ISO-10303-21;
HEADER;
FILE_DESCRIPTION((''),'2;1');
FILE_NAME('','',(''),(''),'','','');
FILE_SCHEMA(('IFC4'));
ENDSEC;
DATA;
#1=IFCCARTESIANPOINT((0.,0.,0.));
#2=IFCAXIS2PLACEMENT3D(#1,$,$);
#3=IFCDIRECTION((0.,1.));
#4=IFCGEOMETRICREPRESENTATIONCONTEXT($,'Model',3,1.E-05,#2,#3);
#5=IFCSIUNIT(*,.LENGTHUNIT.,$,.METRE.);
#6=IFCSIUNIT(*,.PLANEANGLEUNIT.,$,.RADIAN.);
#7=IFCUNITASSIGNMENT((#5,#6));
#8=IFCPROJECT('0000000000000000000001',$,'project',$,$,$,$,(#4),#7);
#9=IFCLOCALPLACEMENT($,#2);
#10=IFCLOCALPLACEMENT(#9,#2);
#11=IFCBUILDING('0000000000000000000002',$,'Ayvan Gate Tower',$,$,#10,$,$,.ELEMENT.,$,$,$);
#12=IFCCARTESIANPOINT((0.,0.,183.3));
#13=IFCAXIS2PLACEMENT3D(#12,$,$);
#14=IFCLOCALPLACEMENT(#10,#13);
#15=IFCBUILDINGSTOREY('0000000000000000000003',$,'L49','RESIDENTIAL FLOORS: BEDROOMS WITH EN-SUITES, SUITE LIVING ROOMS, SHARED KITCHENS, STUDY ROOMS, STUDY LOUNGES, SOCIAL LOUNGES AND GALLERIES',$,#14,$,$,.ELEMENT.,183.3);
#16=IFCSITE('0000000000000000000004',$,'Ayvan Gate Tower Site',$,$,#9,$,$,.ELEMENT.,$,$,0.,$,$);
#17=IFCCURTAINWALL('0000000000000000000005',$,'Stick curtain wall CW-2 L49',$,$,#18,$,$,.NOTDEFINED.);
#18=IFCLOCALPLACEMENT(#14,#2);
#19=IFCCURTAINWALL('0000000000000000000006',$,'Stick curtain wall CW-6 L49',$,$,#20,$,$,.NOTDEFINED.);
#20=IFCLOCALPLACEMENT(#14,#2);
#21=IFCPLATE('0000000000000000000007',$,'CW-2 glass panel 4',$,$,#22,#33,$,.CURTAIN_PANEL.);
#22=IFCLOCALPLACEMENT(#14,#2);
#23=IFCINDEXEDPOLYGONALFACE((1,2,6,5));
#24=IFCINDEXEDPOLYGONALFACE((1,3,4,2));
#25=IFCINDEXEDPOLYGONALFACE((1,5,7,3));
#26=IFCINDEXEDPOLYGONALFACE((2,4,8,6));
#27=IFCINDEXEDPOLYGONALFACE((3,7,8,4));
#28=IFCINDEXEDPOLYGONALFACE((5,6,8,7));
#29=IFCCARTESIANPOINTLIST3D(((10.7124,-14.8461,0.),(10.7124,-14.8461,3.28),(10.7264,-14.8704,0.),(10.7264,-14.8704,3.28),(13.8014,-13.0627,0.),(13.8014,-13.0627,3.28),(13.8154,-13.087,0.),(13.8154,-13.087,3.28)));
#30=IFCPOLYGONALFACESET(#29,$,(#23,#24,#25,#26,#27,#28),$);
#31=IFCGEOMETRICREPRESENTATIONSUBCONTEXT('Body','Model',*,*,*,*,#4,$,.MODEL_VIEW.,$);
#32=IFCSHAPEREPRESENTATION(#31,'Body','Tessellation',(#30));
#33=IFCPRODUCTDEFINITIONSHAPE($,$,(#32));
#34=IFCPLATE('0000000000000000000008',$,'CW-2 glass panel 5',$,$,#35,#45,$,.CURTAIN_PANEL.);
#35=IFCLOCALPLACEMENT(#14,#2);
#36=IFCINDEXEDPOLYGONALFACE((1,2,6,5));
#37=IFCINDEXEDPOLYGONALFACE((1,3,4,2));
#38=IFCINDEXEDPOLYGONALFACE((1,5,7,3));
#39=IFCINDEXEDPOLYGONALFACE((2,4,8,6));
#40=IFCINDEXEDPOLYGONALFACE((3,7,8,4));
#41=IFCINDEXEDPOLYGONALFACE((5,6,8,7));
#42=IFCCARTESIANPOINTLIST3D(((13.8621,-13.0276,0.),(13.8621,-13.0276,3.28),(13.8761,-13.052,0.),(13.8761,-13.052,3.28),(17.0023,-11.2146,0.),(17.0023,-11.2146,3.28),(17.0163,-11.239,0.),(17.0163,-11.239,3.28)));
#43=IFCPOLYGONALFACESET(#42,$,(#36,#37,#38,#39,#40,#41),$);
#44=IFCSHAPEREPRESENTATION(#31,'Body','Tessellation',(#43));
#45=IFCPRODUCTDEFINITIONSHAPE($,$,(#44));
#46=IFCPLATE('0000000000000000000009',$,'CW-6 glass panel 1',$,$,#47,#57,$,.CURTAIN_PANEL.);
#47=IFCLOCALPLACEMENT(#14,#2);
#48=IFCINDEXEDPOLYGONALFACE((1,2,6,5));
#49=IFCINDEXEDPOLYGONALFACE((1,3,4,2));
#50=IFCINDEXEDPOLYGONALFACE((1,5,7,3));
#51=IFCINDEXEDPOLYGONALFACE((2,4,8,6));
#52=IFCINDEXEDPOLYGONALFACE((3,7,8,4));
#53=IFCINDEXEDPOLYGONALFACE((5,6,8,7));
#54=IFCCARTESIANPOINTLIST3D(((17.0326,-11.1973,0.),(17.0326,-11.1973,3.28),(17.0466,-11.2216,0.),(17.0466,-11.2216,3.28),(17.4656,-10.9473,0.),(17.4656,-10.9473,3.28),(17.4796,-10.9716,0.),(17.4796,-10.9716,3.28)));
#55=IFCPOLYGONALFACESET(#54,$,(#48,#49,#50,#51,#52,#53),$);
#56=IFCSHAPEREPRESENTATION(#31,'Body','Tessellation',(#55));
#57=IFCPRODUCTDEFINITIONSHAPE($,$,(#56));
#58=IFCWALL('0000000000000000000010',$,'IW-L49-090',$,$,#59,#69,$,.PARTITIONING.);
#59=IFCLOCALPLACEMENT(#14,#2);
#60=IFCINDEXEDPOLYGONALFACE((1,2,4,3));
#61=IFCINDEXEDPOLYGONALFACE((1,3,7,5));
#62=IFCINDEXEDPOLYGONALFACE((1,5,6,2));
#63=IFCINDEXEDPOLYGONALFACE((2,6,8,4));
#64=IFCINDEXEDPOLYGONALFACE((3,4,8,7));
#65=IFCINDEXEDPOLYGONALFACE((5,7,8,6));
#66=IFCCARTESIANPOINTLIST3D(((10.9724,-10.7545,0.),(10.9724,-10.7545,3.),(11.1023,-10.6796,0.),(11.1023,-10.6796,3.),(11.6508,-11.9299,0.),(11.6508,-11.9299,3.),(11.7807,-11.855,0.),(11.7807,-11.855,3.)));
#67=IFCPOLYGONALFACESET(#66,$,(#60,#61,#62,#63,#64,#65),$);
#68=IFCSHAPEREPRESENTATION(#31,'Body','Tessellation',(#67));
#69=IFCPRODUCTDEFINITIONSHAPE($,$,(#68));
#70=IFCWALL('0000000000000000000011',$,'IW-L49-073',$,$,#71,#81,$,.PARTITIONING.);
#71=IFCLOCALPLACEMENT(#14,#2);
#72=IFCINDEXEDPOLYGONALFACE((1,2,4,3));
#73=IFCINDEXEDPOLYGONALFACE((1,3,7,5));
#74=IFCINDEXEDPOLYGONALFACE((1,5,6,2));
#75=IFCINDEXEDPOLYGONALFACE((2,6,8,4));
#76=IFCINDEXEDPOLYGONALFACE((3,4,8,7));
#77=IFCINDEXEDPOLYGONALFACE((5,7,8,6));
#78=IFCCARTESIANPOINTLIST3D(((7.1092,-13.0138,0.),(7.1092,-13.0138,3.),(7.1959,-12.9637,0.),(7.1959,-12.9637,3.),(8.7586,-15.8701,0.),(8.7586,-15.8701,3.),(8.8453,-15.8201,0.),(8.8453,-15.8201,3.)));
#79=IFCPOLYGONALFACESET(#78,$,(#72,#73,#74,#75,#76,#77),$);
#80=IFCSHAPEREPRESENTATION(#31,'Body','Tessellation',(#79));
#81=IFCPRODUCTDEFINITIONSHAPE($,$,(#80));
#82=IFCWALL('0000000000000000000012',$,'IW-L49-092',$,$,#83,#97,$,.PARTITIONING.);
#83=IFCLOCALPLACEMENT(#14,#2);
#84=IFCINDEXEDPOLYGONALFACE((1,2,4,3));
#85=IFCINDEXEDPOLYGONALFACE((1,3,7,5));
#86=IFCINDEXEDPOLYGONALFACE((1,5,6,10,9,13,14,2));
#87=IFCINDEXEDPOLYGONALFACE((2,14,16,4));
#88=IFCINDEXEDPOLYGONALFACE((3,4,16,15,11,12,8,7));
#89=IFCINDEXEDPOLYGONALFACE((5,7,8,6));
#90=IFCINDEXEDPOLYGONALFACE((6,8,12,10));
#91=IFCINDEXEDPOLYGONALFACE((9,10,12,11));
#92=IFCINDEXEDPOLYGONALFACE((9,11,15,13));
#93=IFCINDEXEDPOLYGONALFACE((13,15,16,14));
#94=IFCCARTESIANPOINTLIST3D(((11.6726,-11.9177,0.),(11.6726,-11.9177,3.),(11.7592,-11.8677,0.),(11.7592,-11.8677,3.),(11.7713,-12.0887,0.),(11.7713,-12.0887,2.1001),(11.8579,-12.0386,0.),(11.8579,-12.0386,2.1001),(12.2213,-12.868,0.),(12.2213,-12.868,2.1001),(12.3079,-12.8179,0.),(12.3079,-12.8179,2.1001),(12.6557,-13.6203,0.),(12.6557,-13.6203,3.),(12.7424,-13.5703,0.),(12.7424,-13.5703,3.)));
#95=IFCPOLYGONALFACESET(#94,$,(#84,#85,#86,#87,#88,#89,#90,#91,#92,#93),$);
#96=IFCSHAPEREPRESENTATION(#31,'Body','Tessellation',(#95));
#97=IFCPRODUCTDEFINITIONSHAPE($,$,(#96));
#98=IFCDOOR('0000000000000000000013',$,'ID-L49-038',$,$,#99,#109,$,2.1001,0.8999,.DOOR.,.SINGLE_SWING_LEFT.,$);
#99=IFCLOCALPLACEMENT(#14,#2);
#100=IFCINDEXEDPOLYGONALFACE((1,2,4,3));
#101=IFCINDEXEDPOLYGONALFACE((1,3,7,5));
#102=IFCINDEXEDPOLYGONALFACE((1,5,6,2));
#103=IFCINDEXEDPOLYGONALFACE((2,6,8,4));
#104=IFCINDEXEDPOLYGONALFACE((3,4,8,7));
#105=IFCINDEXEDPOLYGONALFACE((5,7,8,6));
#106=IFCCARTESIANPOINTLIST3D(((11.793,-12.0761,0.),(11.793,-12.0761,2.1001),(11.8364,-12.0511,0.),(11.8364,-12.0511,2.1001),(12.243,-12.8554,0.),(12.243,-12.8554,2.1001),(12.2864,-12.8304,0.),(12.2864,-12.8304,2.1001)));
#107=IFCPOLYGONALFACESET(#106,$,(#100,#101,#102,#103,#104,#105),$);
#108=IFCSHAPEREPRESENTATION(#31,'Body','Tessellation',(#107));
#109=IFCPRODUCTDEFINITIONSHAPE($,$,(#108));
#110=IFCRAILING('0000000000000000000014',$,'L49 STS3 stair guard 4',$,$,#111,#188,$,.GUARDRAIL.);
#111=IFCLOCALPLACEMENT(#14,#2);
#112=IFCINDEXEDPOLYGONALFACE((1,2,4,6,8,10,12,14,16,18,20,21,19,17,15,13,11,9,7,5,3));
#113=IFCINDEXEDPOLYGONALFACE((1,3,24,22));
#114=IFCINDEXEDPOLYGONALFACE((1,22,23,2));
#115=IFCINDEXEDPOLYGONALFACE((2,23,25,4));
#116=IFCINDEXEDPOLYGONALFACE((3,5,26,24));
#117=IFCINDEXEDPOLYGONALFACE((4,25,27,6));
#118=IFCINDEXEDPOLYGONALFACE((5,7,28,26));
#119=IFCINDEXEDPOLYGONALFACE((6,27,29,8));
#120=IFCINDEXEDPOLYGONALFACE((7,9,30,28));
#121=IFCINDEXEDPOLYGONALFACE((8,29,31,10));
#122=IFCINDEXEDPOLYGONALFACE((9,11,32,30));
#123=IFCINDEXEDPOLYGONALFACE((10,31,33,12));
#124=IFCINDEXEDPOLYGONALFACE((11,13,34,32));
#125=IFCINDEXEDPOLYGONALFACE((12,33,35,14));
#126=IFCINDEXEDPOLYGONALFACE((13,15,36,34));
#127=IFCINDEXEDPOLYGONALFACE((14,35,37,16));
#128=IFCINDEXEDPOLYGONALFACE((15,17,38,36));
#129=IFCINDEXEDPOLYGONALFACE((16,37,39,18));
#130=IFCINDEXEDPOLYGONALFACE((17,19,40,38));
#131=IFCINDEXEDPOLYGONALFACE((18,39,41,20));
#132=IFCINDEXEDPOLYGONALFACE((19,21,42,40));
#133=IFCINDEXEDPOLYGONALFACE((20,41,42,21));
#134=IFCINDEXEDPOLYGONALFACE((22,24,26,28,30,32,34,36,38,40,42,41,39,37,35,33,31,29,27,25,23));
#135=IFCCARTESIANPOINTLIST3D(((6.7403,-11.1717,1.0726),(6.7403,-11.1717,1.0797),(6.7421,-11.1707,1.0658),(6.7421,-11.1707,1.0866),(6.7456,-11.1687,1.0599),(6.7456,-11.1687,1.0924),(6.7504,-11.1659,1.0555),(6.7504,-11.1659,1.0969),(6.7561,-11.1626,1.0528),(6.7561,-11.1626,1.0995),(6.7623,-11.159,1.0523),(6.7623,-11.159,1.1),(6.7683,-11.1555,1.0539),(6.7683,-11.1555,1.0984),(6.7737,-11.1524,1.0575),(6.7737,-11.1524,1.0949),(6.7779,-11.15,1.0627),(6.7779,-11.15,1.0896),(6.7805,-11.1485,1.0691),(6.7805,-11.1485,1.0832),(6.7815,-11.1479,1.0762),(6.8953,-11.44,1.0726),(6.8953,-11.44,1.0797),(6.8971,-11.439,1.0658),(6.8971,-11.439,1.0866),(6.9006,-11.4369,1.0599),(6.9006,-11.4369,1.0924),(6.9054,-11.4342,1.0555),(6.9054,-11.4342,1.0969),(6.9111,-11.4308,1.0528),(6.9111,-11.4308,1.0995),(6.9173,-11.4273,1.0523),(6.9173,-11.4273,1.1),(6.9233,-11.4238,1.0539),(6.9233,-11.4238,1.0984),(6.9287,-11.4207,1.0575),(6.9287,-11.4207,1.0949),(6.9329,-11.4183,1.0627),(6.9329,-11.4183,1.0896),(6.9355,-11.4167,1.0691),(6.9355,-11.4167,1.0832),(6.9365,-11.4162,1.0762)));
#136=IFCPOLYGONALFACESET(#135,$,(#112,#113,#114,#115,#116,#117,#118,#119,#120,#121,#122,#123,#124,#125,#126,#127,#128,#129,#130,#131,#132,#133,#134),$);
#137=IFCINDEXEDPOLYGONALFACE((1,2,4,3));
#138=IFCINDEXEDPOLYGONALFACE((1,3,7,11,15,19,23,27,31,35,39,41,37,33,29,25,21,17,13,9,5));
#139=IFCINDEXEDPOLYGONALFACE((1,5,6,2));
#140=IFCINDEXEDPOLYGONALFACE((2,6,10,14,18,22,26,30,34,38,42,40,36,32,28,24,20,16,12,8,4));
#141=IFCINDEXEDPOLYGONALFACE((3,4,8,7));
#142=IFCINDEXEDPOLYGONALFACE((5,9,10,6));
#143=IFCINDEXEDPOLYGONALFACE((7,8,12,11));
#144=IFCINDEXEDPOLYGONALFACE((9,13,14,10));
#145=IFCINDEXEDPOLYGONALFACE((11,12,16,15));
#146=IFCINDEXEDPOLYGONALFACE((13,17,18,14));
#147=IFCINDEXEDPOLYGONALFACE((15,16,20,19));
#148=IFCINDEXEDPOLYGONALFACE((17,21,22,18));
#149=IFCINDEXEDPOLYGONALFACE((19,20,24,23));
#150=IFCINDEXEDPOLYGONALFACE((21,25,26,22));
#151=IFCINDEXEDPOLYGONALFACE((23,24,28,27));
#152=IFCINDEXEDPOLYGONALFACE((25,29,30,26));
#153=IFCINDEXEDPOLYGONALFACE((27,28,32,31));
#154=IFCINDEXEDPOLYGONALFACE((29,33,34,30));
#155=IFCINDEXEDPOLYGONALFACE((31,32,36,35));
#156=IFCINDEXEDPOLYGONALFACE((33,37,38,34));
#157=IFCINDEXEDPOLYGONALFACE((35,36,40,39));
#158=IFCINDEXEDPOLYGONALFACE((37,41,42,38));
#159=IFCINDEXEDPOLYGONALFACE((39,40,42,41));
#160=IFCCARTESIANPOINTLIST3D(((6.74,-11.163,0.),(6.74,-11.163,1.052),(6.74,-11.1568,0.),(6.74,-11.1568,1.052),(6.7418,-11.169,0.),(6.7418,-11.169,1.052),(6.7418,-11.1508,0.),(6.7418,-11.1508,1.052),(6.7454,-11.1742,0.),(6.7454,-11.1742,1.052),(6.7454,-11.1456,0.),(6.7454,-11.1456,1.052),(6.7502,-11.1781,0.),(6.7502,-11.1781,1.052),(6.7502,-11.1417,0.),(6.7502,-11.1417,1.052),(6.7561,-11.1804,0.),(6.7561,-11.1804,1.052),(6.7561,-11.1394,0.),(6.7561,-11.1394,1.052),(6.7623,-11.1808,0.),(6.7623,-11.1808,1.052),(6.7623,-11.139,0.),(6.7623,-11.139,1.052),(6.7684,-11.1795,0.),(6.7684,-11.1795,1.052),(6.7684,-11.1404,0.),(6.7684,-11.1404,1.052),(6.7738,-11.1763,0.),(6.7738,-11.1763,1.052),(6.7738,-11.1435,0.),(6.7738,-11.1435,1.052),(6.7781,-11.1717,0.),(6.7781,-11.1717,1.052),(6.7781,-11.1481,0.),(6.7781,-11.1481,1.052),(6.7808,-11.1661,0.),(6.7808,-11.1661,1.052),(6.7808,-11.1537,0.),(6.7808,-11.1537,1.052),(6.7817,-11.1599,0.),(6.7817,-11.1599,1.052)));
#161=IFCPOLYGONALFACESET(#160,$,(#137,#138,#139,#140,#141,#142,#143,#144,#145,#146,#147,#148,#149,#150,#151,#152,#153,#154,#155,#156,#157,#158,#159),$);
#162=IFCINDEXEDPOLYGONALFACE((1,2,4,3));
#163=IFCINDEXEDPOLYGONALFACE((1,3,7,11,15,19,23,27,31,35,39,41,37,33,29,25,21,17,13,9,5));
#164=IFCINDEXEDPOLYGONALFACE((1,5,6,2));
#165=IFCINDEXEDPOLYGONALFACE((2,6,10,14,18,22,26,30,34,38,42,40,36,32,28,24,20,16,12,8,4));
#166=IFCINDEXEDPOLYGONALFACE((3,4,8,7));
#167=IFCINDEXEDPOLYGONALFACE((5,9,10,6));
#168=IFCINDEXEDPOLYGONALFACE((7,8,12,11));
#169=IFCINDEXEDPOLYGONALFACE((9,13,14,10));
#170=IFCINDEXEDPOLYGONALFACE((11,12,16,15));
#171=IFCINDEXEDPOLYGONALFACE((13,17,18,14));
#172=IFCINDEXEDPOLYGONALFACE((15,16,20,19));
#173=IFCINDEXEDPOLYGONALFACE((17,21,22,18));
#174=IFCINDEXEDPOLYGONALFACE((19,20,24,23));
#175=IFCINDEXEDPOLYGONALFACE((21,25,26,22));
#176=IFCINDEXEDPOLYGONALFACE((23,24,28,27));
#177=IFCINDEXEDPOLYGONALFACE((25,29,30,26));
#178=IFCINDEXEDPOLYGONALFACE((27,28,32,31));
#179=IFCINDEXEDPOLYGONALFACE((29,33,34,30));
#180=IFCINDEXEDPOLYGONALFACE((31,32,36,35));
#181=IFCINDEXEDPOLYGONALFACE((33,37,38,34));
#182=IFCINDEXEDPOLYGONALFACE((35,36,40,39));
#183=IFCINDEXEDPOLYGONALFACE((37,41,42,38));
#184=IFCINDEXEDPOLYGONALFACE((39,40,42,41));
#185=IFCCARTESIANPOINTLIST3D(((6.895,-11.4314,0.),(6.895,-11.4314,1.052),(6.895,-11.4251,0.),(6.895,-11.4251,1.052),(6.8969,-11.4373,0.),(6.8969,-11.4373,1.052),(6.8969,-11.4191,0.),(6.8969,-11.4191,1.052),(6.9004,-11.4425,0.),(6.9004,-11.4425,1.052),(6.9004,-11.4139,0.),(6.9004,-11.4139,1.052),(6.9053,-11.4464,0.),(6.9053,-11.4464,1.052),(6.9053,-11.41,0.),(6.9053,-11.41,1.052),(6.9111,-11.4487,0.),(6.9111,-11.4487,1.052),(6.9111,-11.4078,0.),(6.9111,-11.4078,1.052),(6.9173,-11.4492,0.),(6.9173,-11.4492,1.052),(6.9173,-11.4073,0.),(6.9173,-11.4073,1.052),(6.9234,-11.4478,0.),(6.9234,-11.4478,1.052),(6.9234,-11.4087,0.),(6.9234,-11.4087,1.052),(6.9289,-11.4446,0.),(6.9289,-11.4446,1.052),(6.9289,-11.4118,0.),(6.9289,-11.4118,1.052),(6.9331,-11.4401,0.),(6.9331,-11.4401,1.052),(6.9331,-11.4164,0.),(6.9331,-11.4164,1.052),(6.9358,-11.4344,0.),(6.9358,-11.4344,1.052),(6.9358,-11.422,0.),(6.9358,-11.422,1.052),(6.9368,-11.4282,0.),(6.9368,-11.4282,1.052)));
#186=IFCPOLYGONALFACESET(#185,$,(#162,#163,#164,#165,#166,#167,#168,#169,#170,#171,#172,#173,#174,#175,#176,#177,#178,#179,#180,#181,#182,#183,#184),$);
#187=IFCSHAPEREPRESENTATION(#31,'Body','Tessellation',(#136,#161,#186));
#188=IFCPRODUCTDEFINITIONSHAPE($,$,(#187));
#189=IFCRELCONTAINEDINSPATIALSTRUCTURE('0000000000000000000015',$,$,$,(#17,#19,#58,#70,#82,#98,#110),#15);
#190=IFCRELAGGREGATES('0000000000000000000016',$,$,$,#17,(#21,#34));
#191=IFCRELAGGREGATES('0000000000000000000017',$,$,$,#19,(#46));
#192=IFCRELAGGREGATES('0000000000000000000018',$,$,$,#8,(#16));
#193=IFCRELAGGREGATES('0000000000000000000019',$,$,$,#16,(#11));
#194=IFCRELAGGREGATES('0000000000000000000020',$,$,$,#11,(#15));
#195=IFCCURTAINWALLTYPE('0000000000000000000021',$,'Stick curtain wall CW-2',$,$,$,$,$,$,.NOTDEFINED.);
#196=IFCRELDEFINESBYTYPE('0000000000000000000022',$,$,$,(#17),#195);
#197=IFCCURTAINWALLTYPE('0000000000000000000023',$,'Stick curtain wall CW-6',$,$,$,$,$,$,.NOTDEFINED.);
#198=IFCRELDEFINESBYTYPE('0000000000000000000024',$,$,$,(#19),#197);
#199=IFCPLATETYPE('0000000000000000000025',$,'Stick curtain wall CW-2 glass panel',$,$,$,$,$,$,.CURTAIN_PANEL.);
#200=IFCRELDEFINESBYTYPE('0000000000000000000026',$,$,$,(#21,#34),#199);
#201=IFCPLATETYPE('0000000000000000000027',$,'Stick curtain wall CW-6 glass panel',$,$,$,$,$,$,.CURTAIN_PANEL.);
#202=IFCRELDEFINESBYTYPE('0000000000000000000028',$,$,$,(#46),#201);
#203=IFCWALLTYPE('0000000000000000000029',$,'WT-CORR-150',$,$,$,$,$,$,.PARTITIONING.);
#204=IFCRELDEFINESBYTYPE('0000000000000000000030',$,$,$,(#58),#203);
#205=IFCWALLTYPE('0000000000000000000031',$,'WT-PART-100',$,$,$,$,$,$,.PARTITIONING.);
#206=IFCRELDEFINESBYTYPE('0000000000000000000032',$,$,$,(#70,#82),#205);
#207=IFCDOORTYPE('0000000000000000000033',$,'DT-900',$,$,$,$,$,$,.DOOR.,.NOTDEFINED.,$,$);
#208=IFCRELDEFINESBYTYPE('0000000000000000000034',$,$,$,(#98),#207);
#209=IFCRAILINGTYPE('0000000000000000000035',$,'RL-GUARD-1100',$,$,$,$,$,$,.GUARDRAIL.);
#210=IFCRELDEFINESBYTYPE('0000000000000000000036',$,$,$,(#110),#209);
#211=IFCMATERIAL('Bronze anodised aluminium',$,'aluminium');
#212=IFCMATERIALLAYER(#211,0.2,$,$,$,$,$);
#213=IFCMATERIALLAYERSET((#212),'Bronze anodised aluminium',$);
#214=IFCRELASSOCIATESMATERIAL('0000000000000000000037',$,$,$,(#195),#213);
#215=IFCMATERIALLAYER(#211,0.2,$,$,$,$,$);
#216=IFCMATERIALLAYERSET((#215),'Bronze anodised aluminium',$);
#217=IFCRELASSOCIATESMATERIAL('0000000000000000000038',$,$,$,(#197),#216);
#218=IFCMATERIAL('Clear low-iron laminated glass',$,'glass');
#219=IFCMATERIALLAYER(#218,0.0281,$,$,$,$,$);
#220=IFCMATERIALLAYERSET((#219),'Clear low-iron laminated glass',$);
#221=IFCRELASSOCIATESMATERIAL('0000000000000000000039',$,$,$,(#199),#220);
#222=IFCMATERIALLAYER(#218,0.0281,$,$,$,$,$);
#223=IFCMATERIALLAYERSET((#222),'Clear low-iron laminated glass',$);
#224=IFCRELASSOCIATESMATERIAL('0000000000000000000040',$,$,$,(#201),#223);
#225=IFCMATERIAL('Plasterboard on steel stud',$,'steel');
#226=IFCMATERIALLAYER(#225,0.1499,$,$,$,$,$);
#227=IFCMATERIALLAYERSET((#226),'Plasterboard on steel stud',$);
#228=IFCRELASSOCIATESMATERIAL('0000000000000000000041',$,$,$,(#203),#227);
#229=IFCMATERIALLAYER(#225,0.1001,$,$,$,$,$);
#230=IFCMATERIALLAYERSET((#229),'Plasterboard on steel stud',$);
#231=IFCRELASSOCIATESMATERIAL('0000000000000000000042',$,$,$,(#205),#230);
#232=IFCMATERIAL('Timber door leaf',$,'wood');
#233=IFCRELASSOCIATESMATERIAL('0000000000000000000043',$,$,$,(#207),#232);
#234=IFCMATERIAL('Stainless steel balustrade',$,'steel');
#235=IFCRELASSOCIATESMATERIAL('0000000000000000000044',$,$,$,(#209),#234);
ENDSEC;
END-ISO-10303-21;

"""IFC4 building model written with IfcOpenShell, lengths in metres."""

from ifc_helpers import new_model, si_unit, direction, frame, frame_2d, origin, origin_2d, place, context, subcontext, project, spatial, rectangle, circle, extrude, material, layer, layer_set, type_object, element, fill, aggregate, save


model = new_model("IFC4")

# Units and contexts
model_context = context("Model", 3, precision=1e-05, world=origin(), true_north=direction((0.0, 1.0)))
body_context = subcontext(model_context, "Body", "Model", "MODEL_VIEW")
ifc_project = project(units=[si_unit("LENGTHUNIT", "METRE"), si_unit("PLANEANGLEUNIT", "RADIAN")], contexts=[model_context])

# Site, building, storey
site_placement = place(None, origin())
site = spatial("IfcSite", under=ifc_project, at=site_placement, Name="Ayvan Gate Tower Site", CompositionType="ELEMENT", RefElevation=0.0)
building_placement = place(site_placement, origin())
building = spatial("IfcBuilding", under=site, at=building_placement, Name="Ayvan Gate Tower", CompositionType="ELEMENT")
storey_placement = place(building_placement, frame((0.0, 0.0, 183.3)))
storey = spatial("IfcBuildingStorey", under=building, at=storey_placement, Name="L49", Description="RESIDENTIAL FLOORS: BEDROOMS WITH EN-SUITES, SUITE LIVING ROOMS, SHARED KITCHENS, STUDY ROOMS, STUDY LOUNGES, SOCIAL LOUNGES AND GALLERIES", CompositionType="ELEMENT", Elevation=183.3)

# Curtain walls
ifc_material_1 = material(Name="Bronze anodised aluminium", Category="aluminium")
ifc_layer_1 = layer(ifc_material_1, 0.2)
ifc_layer_set_1 = layer_set([ifc_layer_1], Name="Bronze anodised aluminium")
curtain_wall_type_1 = type_object("IfcCurtainWallType", Name="Stick curtain wall CW-2", PredefinedType="NOTDEFINED", material=ifc_layer_set_1)
curtain_wall_1_placement = place(storey_placement, origin())
curtain_wall_1 = element("IfcCurtainWall", 1, at=curtain_wall_1_placement, inside=storey, type_object=curtain_wall_type_1, Name="Stick curtain wall CW-2 L49", PredefinedType="NOTDEFINED")
ifc_layer_2 = layer(ifc_material_1, 0.2)
ifc_layer_set_2 = layer_set([ifc_layer_2], Name="Bronze anodised aluminium")
curtain_wall_type_2 = type_object("IfcCurtainWallType", Name="Stick curtain wall CW-6", PredefinedType="NOTDEFINED", material=ifc_layer_set_2)
curtain_wall_2_placement = place(storey_placement, origin())
curtain_wall_2 = element("IfcCurtainWall", 2, at=curtain_wall_2_placement, inside=storey, type_object=curtain_wall_type_2, Name="Stick curtain wall CW-6 L49", PredefinedType="NOTDEFINED")

# Plates
ifc_material_2 = material(Name="Clear low-iron laminated glass", Category="glass")
ifc_layer_3 = layer(ifc_material_2, 0.0281)
ifc_layer_set_3 = layer_set([ifc_layer_3], Name="Clear low-iron laminated glass")
plate_type_1 = type_object("IfcPlateType", Name="Stick curtain wall CW-2 glass panel", PredefinedType="CURTAIN_PANEL", material=ifc_layer_set_3)
plate_1_placement = place(storey_placement, frame((12.2639, -13.9666, 0.0), z_axis=(0.0, 0.0, 1.0), x_axis=(0.866025, 0.5, 0.0)))
plate_1 = element("IfcPlate", 3, at=plate_1_placement, type_object=plate_type_1, Name="CW-2 glass panel 4", PredefinedType="CURTAIN_PANEL", context=body_context, shape_type="SweptSolid", body=[
    extrude(rectangle(XDim=3.5669, YDim=0.0281, at=origin_2d()), origin(), (0.0, 0.0, 1.0), 3.28),
])
plate_2_placement = place(storey_placement, frame((15.4392, -12.1333, 0.0), z_axis=(0.0, 0.0, 1.0), x_axis=(0.866025, 0.5, 0.0)))
plate_2 = element("IfcPlate", 4, at=plate_2_placement, type_object=plate_type_1, Name="CW-2 glass panel 5", PredefinedType="CURTAIN_PANEL", context=body_context, shape_type="SweptSolid", body=[
    extrude(rectangle(XDim=3.626, YDim=0.0281, at=origin_2d()), origin(), (0.0, 0.0, 1.0), 3.28),
])
aggregate(curtain_wall_1, [plate_1, plate_2])
ifc_layer_4 = layer(ifc_material_2, 0.0281)
ifc_layer_set_4 = layer_set([ifc_layer_4], Name="Clear low-iron laminated glass")
plate_type_2 = type_object("IfcPlateType", Name="Stick curtain wall CW-6 glass panel", PredefinedType="CURTAIN_PANEL", material=ifc_layer_set_4)
plate_3_placement = place(storey_placement, frame((17.2561, -11.0845, 0.0), z_axis=(0.0, 0.0, 1.0), x_axis=(0.866025, 0.5, 0.0)))
plate_3 = element("IfcPlate", 5, at=plate_3_placement, type_object=plate_type_2, Name="CW-6 glass panel 1", PredefinedType="CURTAIN_PANEL", context=body_context, shape_type="SweptSolid", body=[
    extrude(rectangle(XDim=0.5, YDim=0.0281, at=origin_2d()), origin(), (0.0, 0.0, 1.0), 3.28),
])
aggregate(curtain_wall_2, [plate_3])

# Walls
ifc_material_3 = material(Name="Plasterboard on steel stud", Category="steel")
ifc_layer_5 = layer(ifc_material_3, 0.1499)
ifc_layer_set_5 = layer_set([ifc_layer_5], Name="Plasterboard on steel stud")
wall_type_1 = type_object("IfcWallType", Name="WT-CORR-150", PredefinedType="PARTITIONING", material=ifc_layer_set_5)
wall_1_placement = place(storey_placement, frame((11.7158, -11.8926, 0.0), z_axis=(0.0, 0.0, 1.0), x_axis=(-0.499873, 0.866099, 0.0)))
element("IfcWall", 6, at=wall_1_placement, inside=storey, type_object=wall_type_1, Name="IW-L49-090", PredefinedType="PARTITIONING", context=body_context, shape_type="SweptSolid", body=[
    extrude(rectangle(XDim=1.3572, YDim=0.1499, at=frame_2d((0.6787, 0.0))), origin(), (0.0, 0.0, 1.0), 3.0),
])
ifc_layer_6 = layer(ifc_material_3, 0.1001)
ifc_layer_set_6 = layer_set([ifc_layer_6], Name="Plasterboard on steel stud")
wall_type_2 = type_object("IfcWallType", Name="WT-PART-100", PredefinedType="PARTITIONING", material=ifc_layer_set_6)
wall_2_placement = place(storey_placement, frame((7.1526, -12.9888, 0.0), z_axis=(0.0, 0.0, 1.0), x_axis=(0.500056, -0.865993, 0.0)))
element("IfcWall", 7, at=wall_2_placement, inside=storey, type_object=wall_type_2, Name="IW-L49-073", PredefinedType="PARTITIONING", context=body_context, shape_type="SweptSolid", body=[
    extrude(rectangle(XDim=3.2983, YDim=0.1001, at=frame_2d((1.6492, 0.0))), origin(), (0.0, 0.0, 1.0), 3.0),
])

# Wall, opening, door
wall_3_placement = place(storey_placement, frame((12.699, -13.5952, 0.0), z_axis=(0.0, 0.0, 1.0), x_axis=(-0.500052, 0.865995, 0.0)))
wall_3 = element("IfcWall", 8, at=wall_3_placement, inside=storey, type_object=wall_type_2, Name="IW-L49-092", PredefinedType="PARTITIONING", context=body_context, shape_type="SweptSolid", body=[
    extrude(rectangle(XDim=1.9661, YDim=0.1001, at=frame_2d((0.9829, 0.0))), origin(), (0.0, 0.0, 1.0), 3.0),
])
opening_placement = place(wall_3_placement, frame((0.8687, 0.0, 0.0)))
opening = element("IfcOpeningElement", 9, at=opening_placement, cuts=wall_3, PredefinedType="OPENING", context=body_context, shape_type="SweptSolid", body=[
    extrude(rectangle(XDim=0.8999, YDim=2.1001, at=frame_2d((0.45, 1.05))), frame((0.0, 0.0601, 0.0), z_axis=(0.0, -1.0, 0.0), x_axis=(1.0, 0.0, 0.0)), (0.0, 0.0, 1.0), 0.1201),
])
ifc_material_4 = material(Name="Timber door leaf", Category="wood")
door_type = type_object("IfcDoorType", Name="DT-900", OperationType="NOTDEFINED", PredefinedType="DOOR", material=ifc_material_4)
door_placement = place(opening_placement, origin())
door = element("IfcDoor", 10, at=door_placement, inside=storey, type_object=door_type, Name="ID-L49-038", OperationType="SINGLE_SWING_LEFT", OverallHeight=2.1001, OverallWidth=0.8999, PredefinedType="DOOR", context=body_context, shape_type="SweptSolid", body=[
    extrude(rectangle(XDim=0.8999, YDim=2.1001, at=frame_2d((0.45, 1.05))), frame((0.0, 0.0249, 0.0), z_axis=(0.0, -1.0, 0.0), x_axis=(1.0, 0.0, 0.0)), (0.0, 0.0, 1.0), 0.05),
])
fill(opening, door)

# Railing
ifc_material_5 = material(Name="Stainless steel balustrade", Category="steel")
railing_type = type_object("IfcRailingType", Name="RL-GUARD-1100", PredefinedType="GUARDRAIL", material=ifc_material_5)
railing_placement = place(storey_placement, frame((6.7607, -11.1599, 0.0)))
element("IfcRailing", 11, at=railing_placement, inside=storey, type_object=railing_type, Name="L49 STS3 stair guard 4", PredefinedType="GUARDRAIL", context=body_context, shape_type="SweptSolid", body=[
    extrude(circle(Radius=0.0239, at=origin_2d()), frame((0.0, 0.0, 1.0762), z_axis=(0.500291, -0.865857, 0.0), x_axis=(0.865857, 0.500291, 0.0)), (0.0, 0.0, 1.0), 0.3098),
    extrude(circle(Radius=0.021, at=origin_2d()), origin(), (0.0, 0.0, 1.0), 1.052),
    extrude(circle(Radius=0.021, at=origin_2d()), frame((0.155, -0.2683, 0.0)), (0.0, 0.0, 1.0), 1.052),
])

save(model, "model.ifc")
